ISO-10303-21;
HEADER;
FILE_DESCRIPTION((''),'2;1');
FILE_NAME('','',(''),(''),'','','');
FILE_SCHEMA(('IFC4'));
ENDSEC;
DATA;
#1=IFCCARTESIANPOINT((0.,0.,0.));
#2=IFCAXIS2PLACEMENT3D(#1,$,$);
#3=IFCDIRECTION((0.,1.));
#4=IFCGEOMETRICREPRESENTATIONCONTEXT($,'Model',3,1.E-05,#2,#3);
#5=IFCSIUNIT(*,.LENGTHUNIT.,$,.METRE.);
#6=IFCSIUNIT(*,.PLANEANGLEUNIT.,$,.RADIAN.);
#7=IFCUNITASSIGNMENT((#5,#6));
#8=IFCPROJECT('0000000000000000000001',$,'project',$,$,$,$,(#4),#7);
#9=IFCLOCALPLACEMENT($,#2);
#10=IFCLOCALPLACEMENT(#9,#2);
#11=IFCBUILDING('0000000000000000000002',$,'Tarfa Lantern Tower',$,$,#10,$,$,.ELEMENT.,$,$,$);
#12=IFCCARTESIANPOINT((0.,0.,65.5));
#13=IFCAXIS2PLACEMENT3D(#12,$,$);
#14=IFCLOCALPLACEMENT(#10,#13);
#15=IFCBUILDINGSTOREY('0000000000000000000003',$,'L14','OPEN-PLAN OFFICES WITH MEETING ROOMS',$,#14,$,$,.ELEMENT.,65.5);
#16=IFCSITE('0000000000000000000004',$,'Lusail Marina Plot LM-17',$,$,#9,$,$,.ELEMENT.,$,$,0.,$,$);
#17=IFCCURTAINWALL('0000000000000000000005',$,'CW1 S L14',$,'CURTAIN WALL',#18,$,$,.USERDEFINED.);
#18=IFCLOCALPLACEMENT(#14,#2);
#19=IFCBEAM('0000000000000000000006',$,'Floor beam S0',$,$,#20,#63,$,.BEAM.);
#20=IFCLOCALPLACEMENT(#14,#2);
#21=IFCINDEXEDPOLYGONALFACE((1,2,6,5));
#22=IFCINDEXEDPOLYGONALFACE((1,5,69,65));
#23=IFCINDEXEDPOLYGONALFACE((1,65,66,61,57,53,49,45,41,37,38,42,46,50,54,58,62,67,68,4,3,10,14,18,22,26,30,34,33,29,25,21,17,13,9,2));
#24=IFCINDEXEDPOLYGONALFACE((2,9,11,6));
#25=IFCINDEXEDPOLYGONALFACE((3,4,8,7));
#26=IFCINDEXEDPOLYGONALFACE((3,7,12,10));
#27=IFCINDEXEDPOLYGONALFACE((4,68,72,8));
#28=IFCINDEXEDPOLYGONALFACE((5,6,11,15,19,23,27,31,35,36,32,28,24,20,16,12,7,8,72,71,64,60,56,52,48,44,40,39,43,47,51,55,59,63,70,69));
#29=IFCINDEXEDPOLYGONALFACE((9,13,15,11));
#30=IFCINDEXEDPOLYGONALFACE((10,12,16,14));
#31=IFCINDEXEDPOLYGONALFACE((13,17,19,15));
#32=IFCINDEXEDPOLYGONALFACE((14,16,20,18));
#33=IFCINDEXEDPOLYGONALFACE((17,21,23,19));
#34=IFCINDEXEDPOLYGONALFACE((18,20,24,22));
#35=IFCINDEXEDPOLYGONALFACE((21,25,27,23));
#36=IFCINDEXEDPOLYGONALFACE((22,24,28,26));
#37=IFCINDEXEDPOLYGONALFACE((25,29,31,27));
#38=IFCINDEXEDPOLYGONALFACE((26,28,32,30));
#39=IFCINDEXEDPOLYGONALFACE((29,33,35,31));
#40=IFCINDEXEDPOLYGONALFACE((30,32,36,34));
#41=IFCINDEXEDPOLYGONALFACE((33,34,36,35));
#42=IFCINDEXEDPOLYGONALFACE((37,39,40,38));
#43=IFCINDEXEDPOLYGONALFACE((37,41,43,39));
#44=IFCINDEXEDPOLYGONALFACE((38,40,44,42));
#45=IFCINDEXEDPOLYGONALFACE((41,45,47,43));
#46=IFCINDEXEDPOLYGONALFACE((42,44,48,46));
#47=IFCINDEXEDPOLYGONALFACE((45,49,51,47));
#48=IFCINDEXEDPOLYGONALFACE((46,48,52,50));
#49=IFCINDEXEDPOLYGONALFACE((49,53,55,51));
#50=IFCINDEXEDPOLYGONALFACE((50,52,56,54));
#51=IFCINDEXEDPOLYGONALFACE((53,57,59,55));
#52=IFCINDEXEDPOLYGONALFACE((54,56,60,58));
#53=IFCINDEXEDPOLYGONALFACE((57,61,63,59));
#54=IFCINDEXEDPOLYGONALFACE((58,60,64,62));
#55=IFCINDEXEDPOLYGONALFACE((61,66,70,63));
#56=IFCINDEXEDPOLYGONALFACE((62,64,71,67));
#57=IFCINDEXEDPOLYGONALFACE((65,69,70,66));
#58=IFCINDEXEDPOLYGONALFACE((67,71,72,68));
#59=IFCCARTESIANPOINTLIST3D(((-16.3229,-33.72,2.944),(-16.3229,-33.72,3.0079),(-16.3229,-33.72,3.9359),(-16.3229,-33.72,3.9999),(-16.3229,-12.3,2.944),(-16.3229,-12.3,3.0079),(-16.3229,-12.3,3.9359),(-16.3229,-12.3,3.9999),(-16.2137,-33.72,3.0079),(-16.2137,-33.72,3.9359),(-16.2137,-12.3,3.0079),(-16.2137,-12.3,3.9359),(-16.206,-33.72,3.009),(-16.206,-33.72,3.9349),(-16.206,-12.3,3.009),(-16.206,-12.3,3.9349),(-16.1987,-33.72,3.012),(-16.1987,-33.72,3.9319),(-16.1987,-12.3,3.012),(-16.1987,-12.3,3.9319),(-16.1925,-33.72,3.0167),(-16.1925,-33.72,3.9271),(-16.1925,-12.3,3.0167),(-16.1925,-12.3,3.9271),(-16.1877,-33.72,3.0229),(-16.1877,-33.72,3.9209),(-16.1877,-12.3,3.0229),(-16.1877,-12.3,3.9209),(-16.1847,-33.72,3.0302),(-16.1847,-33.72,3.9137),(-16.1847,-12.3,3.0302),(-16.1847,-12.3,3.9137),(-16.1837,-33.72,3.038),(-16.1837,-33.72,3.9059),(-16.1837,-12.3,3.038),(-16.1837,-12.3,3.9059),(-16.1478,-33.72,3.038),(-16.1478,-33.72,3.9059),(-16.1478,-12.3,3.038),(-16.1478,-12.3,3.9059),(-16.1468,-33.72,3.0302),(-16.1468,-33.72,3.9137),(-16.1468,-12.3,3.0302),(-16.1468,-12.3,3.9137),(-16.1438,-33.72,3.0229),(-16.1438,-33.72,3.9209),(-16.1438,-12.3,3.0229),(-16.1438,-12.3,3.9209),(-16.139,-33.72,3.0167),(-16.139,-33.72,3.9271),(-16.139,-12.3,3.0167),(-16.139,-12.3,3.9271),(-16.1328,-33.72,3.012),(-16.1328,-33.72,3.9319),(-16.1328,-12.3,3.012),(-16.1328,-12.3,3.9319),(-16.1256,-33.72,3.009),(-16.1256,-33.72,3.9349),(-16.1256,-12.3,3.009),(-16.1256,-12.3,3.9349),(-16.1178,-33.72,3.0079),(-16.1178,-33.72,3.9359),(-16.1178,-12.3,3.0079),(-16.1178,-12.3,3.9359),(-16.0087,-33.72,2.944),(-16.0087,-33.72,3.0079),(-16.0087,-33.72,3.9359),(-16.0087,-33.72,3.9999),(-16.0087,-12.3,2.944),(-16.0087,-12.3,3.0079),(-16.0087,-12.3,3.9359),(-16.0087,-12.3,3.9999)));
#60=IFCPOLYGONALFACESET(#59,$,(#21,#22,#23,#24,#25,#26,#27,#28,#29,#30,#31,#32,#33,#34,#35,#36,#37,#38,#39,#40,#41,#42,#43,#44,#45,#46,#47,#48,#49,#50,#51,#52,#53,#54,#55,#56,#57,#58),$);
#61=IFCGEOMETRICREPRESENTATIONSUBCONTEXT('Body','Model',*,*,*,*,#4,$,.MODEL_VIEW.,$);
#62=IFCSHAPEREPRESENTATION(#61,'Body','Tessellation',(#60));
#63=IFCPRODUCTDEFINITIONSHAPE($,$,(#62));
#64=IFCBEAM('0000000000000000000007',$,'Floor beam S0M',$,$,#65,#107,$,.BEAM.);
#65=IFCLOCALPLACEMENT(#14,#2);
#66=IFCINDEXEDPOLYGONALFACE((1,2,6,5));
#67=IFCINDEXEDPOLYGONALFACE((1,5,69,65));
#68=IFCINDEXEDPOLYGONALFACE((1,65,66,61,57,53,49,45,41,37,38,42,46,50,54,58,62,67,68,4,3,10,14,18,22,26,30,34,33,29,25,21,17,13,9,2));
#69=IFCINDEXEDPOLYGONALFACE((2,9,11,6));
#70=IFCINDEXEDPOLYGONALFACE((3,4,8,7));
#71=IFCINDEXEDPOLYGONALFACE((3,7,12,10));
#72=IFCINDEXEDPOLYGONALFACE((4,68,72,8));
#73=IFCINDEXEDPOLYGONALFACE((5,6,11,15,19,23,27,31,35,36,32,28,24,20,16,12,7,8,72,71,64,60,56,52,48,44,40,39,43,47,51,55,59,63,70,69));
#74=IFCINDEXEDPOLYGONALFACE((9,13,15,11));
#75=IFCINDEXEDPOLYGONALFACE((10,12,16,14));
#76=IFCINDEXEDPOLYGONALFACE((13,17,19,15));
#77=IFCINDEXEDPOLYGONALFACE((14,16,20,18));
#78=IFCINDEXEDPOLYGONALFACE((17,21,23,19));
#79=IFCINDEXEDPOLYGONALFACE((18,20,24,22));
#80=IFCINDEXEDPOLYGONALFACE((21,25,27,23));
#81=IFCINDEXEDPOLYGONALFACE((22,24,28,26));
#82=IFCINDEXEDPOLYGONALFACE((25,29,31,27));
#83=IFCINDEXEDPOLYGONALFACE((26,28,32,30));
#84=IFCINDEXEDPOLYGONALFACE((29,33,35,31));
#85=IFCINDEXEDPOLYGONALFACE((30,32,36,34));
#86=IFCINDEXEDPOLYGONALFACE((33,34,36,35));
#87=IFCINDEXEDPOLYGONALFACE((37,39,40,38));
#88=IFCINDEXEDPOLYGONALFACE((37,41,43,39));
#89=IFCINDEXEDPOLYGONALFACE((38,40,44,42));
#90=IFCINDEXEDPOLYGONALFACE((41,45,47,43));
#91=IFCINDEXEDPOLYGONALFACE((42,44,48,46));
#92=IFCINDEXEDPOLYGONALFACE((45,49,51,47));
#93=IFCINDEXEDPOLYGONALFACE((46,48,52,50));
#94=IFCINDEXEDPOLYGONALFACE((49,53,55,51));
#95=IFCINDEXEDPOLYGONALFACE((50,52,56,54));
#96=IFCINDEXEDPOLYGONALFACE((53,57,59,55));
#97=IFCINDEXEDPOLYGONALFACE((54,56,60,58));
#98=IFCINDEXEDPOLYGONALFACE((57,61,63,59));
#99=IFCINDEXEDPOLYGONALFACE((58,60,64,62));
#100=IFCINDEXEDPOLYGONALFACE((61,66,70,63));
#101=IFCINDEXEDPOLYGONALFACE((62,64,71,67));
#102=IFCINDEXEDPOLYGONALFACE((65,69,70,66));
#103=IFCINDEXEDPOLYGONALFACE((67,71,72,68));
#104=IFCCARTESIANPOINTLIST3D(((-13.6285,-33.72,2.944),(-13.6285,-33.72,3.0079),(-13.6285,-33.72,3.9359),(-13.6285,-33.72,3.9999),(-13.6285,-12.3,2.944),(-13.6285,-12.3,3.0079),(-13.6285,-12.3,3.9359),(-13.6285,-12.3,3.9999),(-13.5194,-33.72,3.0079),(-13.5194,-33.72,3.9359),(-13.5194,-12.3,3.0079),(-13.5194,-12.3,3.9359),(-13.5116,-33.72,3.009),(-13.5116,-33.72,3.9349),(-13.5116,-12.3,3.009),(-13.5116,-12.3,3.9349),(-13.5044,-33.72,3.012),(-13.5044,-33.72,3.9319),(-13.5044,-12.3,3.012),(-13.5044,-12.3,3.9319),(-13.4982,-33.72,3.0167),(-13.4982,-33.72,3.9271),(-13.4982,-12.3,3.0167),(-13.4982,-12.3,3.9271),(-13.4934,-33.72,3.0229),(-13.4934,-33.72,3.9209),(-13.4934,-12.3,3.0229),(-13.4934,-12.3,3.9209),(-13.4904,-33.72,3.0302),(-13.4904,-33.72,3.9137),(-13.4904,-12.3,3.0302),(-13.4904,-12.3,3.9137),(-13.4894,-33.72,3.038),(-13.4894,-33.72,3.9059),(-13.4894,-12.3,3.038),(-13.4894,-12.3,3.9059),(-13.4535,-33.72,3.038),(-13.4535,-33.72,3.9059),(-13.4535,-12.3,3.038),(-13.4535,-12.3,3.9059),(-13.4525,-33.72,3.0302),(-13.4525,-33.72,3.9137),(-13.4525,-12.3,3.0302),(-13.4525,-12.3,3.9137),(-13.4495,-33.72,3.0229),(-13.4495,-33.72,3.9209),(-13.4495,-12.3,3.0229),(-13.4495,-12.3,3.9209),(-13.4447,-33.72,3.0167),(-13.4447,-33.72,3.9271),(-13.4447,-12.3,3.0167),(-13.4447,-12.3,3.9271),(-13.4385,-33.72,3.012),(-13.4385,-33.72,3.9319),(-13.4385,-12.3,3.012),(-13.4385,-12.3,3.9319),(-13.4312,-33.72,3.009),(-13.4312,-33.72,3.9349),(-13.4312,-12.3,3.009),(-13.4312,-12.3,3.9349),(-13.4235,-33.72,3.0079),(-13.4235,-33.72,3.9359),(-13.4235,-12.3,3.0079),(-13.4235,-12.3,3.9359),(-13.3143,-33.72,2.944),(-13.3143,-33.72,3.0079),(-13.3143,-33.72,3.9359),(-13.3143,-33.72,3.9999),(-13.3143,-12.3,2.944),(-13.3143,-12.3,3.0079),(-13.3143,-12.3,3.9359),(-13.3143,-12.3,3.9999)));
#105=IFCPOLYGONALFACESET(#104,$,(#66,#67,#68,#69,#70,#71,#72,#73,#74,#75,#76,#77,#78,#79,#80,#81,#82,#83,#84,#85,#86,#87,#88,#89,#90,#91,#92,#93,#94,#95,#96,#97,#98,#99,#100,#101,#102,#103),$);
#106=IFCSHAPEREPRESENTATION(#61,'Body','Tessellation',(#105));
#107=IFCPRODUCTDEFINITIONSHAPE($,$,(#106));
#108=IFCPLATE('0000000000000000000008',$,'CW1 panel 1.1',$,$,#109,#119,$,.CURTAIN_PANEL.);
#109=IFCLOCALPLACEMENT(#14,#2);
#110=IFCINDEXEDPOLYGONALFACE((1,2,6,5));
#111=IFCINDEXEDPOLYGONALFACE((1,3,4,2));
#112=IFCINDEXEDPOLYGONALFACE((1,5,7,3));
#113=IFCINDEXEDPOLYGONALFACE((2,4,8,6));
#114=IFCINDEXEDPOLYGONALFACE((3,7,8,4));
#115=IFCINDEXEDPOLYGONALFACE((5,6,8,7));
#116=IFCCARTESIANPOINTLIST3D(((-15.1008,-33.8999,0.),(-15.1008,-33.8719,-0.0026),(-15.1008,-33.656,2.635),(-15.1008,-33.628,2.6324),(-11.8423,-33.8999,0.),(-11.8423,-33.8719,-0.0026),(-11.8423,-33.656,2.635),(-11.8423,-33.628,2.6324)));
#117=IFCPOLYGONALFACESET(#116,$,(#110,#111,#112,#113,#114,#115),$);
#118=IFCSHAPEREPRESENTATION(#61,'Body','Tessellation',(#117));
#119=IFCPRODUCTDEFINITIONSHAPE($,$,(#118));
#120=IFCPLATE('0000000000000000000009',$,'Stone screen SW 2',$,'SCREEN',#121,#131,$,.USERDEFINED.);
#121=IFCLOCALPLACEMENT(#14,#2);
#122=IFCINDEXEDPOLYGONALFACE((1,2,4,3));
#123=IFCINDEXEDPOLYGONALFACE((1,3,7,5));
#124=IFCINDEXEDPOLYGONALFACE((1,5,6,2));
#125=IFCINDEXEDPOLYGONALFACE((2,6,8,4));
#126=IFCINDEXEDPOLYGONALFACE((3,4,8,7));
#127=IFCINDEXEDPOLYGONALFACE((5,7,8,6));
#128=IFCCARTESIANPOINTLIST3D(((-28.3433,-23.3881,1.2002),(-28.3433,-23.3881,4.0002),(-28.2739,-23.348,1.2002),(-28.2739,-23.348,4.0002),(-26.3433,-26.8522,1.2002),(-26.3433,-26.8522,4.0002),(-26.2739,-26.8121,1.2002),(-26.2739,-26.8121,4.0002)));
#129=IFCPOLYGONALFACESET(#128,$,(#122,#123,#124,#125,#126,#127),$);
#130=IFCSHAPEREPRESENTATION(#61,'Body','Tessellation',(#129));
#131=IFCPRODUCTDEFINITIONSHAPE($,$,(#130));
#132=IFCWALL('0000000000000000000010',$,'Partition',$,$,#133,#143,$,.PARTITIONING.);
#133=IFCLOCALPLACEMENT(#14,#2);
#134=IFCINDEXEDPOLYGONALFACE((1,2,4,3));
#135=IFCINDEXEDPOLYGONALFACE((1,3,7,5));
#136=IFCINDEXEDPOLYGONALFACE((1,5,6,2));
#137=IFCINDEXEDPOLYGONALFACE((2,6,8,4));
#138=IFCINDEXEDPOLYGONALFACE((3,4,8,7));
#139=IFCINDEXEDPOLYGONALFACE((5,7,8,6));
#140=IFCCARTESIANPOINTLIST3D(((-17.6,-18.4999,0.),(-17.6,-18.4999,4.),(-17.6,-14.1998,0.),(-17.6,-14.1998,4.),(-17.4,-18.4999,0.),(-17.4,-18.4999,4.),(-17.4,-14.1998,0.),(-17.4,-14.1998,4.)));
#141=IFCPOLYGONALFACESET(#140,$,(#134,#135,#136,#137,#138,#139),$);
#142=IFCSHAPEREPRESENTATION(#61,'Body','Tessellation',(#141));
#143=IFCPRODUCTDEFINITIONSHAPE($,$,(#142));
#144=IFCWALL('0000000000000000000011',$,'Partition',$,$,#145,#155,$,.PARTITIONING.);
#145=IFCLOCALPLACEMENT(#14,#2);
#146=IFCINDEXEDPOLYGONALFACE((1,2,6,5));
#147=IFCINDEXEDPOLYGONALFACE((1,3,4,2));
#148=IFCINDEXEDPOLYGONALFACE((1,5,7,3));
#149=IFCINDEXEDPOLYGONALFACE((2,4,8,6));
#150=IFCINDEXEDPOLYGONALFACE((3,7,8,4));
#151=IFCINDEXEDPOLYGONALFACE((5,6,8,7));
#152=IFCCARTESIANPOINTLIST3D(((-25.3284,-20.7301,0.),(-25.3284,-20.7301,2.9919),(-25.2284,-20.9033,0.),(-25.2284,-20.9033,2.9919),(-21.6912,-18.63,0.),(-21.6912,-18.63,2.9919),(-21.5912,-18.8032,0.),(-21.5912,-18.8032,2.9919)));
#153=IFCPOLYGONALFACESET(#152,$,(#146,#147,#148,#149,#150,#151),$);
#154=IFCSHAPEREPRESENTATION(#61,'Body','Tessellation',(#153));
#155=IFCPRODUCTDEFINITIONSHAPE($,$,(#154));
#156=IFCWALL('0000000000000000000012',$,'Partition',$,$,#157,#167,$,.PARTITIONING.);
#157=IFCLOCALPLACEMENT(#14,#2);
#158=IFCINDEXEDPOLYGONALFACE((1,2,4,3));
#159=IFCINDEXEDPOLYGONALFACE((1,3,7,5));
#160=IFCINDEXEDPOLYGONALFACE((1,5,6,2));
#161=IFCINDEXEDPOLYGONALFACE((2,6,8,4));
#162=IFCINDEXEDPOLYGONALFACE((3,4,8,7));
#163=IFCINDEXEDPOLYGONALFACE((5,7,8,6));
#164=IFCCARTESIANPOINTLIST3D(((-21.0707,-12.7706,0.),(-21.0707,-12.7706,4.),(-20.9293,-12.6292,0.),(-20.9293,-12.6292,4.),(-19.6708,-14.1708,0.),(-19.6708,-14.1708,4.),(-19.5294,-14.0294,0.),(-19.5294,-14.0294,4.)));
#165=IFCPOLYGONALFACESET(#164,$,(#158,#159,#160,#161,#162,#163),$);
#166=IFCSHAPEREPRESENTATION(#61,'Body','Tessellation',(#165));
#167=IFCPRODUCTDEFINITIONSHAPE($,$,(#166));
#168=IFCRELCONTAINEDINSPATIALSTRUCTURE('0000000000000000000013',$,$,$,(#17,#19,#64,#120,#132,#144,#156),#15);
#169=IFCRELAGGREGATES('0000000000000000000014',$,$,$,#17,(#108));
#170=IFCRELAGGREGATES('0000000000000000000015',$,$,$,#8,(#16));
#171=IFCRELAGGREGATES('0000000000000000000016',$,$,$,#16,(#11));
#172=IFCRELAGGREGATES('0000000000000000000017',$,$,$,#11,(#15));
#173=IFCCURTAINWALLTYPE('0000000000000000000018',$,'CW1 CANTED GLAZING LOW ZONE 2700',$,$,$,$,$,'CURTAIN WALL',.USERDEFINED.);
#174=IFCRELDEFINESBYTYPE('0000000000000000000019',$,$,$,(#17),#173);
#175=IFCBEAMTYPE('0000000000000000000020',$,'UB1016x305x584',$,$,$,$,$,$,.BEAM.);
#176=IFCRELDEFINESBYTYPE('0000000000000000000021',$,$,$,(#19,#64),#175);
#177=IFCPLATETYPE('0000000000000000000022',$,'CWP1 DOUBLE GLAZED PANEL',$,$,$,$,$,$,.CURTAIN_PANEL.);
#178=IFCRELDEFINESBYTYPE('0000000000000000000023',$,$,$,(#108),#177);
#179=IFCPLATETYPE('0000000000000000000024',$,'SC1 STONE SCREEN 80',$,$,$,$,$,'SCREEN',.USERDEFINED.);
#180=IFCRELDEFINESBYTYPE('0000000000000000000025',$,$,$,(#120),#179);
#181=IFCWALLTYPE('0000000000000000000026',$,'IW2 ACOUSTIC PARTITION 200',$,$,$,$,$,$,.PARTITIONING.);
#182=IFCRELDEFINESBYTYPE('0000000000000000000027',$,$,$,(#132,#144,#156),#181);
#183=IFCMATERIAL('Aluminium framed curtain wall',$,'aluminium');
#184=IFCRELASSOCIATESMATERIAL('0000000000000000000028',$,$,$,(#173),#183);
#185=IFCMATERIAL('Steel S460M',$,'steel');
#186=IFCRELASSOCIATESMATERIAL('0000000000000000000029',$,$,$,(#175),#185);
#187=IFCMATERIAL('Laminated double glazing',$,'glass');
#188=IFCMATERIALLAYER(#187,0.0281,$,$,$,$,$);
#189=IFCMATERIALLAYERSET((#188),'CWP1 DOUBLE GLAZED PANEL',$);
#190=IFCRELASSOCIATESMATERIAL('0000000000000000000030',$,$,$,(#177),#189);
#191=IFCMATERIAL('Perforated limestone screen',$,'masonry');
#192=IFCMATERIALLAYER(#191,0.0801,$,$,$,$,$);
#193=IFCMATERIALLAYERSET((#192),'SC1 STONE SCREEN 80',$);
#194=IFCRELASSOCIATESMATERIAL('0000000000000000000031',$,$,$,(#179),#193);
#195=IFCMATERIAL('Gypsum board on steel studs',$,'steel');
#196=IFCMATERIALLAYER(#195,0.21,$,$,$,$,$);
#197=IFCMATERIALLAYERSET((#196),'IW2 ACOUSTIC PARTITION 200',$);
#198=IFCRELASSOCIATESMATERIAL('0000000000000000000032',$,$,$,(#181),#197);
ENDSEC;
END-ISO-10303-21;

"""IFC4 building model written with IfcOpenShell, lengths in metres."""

from ifc_helpers import new_model, si_unit, direction, frame, frame_2d, origin, origin_2d, place, context, subcontext, project, spatial, polyline, rectangle, i_section, outline, extrude, material, layer, layer_set, material_profile, profile_set, type_object, element, aggregate, save


model = new_model("IFC4")

# Units and contexts
model_context = context("Model", 3, precision=1e-05, world=origin(), true_north=direction((0.0, 1.0)))
body_context = subcontext(model_context, "Body", "Model", "MODEL_VIEW")
ifc_project = project(units=[si_unit("LENGTHUNIT", "METRE"), si_unit("PLANEANGLEUNIT", "RADIAN")], contexts=[model_context])

# Site, building, storey
site_placement = place(None, origin())
site = spatial("IfcSite", under=ifc_project, at=site_placement, Name="Lusail Marina Plot LM-17", CompositionType="ELEMENT", RefElevation=0.0)
building_placement = place(site_placement, origin())
building = spatial("IfcBuilding", under=site, at=building_placement, Name="Tarfa Lantern Tower", CompositionType="ELEMENT")
storey_placement = place(building_placement, frame((0.0, 0.0, 65.5)))
storey = spatial("IfcBuildingStorey", under=building, at=storey_placement, Name="L14", Description="OPEN-PLAN OFFICES WITH MEETING ROOMS", CompositionType="ELEMENT", Elevation=65.5)

# Curtain wall
ifc_material_1 = material(Name="Aluminium framed curtain wall", Category="aluminium")
curtain_wall_type = type_object("IfcCurtainWallType", Name="CW1 CANTED GLAZING LOW ZONE 2700", ElementType="CURTAIN WALL", PredefinedType="USERDEFINED", material=ifc_material_1)
curtain_wall_placement = place(storey_placement, origin())
curtain_wall = element("IfcCurtainWall", 1, at=curtain_wall_placement, inside=storey, type_object=curtain_wall_type, Name="CW1 S L14", ObjectType="CURTAIN WALL", PredefinedType="USERDEFINED")

# Beams
ifc_material_2 = material(Name="Steel S460M", Category="steel")
ifc_material_profile_1 = material_profile(ifc_material_2, i_section(OverallWidth=0.3142, OverallDepth=1.0559, WebThickness=0.0359, FlangeThickness=0.064, FilletRadius=0.03, at=origin_2d()), Name="UB1016x305x584")
ifc_profile_set_1 = profile_set([ifc_material_profile_1], Name="Steel S460M")
beam_type_1 = type_object("IfcBeamType", Name="UB1016x305x584", PredefinedType="BEAM", material=ifc_profile_set_1)
for number, where, z_axis, x_axis, name in (
    (2, (-16.1658, -33.72, 3.4719), (0.0, 1.0, 0.0), (-1.0, 0.0, 0.0), "Floor beam S0"),
    (3, (-13.4714, -33.72, 3.4719), (0.0, 1.0, 0.0), (-1.0, 0.0, 0.0), "Floor beam S0M"),
):
    element("IfcBeam", number, at=place(storey_placement, frame(where, z_axis=z_axis, x_axis=x_axis)), inside=storey, type_object=beam_type_1, Name=name, PredefinedType="BEAM", context=body_context, shape_type="SweptSolid", body=[
        extrude(i_section(OverallWidth=0.3142, OverallDepth=1.0559, WebThickness=0.0359, FlangeThickness=0.064, FilletRadius=0.03, at=origin_2d()), origin(), (0.0, 0.0, 1.0), 21.4199),
    ])

# Plates
ifc_material_3 = material(Name="Laminated double glazing", Category="glass")
ifc_layer_1 = layer(ifc_material_3, 0.0281)
ifc_layer_set_1 = layer_set([ifc_layer_1], Name="CWP1 DOUBLE GLAZED PANEL")
plate_type_1 = type_object("IfcPlateType", Name="CWP1 DOUBLE GLAZED PANEL", PredefinedType="CURTAIN_PANEL", material=ifc_layer_set_1)
plate_1_placement = place(storey_placement, frame((-15.1008, -33.8999, 0.0), z_axis=(0.0, -0.995744, 0.092166), x_axis=(1.0, 0.0, 0.0)))
plate_1 = element("IfcPlate", 4, at=plate_1_placement, type_object=plate_type_1, Name="CW1 panel 1.1", PredefinedType="CURTAIN_PANEL", context=body_context, shape_type="SweptSolid", body=[
    extrude(outline(polyline([(0.0, 0.0), (3.2585, 0.0), (3.2585, 2.6463), (0.0, 2.6463), (0.0, 0.0)])), origin(), (0.0, 0.0, -1.0), 0.0281),
])
aggregate(curtain_wall, [plate_1])
ifc_material_4 = material(Name="Perforated limestone screen", Category="masonry")
ifc_layer_2 = layer(ifc_material_4, 0.0801)
ifc_layer_set_2 = layer_set([ifc_layer_2], Name="SC1 STONE SCREEN 80")
plate_type_2 = type_object("IfcPlateType", Name="SC1 STONE SCREEN 80", ElementType="SCREEN", PredefinedType="USERDEFINED", material=ifc_layer_set_2)
plate_2_placement = place(storey_placement, frame((-27.3086, -25.1001, 1.2002), z_axis=(0.0, 0.0, 1.0), x_axis=(0.5, -0.866025, 0.0)))
element("IfcPlate", 5, at=plate_2_placement, inside=storey, type_object=plate_type_2, Name="Stone screen SW 2", ObjectType="SCREEN", PredefinedType="USERDEFINED", context=body_context, shape_type="SweptSolid", body=[
    extrude(rectangle(XDim=4.0, YDim=0.0801, at=origin_2d()), origin(), (0.0, 0.0, 1.0), 2.8),
])

# Walls
ifc_material_5 = material(Name="Gypsum board on steel studs", Category="steel")
ifc_layer_3 = layer(ifc_material_5, 0.21)
ifc_layer_set_3 = layer_set([ifc_layer_3], Name="IW2 ACOUSTIC PARTITION 200")
wall_type = type_object("IfcWallType", Name="IW2 ACOUSTIC PARTITION 200", PredefinedType="PARTITIONING", material=ifc_layer_set_3)
wall_1_placement = place(storey_placement, frame((-17.5, -14.2, 0.0), z_axis=(0.0, 0.0, 1.0), x_axis=(0.0, -1.0, 0.0)))
element("IfcWall", 6, at=wall_1_placement, inside=storey, type_object=wall_type, Name="Partition", PredefinedType="PARTITIONING", context=body_context, shape_type="SweptSolid", body=[
    extrude(rectangle(XDim=4.3, YDim=0.2, at=frame_2d((2.1499, 0.0))), origin(), (0.0, 0.0, 1.0), 4.0),
])
wall_2_placement = place(storey_placement, frame((-21.6411, -18.7166, 0.0), z_axis=(0.0, 0.0, 1.0), x_axis=(-0.866009, -0.500028, 0.0)))
element("IfcWall", 7, at=wall_2_placement, inside=storey, type_object=wall_type, Name="Partition", PredefinedType="PARTITIONING", context=body_context, shape_type="SweptSolid", body=[
    extrude(rectangle(XDim=4.2, YDim=0.2, at=frame_2d((2.1001, 0.0))), origin(), (0.0, 0.0, 1.0), 2.9919),
])
wall_3_placement = place(storey_placement, frame((-19.6001, -14.1001, 0.0), z_axis=(0.0, 0.0, 1.0), x_axis=(-0.707045, 0.707168, 0.0)))
element("IfcWall", 8, at=wall_3_placement, inside=storey, type_object=wall_type, Name="Partition", PredefinedType="PARTITIONING", context=body_context, shape_type="SweptSolid", body=[
    extrude(rectangle(XDim=1.98, YDim=0.2, at=frame_2d((0.99, 0.0))), origin(), (0.0, 0.0, 1.0), 4.0),
])

save(model, "model.ifc")
